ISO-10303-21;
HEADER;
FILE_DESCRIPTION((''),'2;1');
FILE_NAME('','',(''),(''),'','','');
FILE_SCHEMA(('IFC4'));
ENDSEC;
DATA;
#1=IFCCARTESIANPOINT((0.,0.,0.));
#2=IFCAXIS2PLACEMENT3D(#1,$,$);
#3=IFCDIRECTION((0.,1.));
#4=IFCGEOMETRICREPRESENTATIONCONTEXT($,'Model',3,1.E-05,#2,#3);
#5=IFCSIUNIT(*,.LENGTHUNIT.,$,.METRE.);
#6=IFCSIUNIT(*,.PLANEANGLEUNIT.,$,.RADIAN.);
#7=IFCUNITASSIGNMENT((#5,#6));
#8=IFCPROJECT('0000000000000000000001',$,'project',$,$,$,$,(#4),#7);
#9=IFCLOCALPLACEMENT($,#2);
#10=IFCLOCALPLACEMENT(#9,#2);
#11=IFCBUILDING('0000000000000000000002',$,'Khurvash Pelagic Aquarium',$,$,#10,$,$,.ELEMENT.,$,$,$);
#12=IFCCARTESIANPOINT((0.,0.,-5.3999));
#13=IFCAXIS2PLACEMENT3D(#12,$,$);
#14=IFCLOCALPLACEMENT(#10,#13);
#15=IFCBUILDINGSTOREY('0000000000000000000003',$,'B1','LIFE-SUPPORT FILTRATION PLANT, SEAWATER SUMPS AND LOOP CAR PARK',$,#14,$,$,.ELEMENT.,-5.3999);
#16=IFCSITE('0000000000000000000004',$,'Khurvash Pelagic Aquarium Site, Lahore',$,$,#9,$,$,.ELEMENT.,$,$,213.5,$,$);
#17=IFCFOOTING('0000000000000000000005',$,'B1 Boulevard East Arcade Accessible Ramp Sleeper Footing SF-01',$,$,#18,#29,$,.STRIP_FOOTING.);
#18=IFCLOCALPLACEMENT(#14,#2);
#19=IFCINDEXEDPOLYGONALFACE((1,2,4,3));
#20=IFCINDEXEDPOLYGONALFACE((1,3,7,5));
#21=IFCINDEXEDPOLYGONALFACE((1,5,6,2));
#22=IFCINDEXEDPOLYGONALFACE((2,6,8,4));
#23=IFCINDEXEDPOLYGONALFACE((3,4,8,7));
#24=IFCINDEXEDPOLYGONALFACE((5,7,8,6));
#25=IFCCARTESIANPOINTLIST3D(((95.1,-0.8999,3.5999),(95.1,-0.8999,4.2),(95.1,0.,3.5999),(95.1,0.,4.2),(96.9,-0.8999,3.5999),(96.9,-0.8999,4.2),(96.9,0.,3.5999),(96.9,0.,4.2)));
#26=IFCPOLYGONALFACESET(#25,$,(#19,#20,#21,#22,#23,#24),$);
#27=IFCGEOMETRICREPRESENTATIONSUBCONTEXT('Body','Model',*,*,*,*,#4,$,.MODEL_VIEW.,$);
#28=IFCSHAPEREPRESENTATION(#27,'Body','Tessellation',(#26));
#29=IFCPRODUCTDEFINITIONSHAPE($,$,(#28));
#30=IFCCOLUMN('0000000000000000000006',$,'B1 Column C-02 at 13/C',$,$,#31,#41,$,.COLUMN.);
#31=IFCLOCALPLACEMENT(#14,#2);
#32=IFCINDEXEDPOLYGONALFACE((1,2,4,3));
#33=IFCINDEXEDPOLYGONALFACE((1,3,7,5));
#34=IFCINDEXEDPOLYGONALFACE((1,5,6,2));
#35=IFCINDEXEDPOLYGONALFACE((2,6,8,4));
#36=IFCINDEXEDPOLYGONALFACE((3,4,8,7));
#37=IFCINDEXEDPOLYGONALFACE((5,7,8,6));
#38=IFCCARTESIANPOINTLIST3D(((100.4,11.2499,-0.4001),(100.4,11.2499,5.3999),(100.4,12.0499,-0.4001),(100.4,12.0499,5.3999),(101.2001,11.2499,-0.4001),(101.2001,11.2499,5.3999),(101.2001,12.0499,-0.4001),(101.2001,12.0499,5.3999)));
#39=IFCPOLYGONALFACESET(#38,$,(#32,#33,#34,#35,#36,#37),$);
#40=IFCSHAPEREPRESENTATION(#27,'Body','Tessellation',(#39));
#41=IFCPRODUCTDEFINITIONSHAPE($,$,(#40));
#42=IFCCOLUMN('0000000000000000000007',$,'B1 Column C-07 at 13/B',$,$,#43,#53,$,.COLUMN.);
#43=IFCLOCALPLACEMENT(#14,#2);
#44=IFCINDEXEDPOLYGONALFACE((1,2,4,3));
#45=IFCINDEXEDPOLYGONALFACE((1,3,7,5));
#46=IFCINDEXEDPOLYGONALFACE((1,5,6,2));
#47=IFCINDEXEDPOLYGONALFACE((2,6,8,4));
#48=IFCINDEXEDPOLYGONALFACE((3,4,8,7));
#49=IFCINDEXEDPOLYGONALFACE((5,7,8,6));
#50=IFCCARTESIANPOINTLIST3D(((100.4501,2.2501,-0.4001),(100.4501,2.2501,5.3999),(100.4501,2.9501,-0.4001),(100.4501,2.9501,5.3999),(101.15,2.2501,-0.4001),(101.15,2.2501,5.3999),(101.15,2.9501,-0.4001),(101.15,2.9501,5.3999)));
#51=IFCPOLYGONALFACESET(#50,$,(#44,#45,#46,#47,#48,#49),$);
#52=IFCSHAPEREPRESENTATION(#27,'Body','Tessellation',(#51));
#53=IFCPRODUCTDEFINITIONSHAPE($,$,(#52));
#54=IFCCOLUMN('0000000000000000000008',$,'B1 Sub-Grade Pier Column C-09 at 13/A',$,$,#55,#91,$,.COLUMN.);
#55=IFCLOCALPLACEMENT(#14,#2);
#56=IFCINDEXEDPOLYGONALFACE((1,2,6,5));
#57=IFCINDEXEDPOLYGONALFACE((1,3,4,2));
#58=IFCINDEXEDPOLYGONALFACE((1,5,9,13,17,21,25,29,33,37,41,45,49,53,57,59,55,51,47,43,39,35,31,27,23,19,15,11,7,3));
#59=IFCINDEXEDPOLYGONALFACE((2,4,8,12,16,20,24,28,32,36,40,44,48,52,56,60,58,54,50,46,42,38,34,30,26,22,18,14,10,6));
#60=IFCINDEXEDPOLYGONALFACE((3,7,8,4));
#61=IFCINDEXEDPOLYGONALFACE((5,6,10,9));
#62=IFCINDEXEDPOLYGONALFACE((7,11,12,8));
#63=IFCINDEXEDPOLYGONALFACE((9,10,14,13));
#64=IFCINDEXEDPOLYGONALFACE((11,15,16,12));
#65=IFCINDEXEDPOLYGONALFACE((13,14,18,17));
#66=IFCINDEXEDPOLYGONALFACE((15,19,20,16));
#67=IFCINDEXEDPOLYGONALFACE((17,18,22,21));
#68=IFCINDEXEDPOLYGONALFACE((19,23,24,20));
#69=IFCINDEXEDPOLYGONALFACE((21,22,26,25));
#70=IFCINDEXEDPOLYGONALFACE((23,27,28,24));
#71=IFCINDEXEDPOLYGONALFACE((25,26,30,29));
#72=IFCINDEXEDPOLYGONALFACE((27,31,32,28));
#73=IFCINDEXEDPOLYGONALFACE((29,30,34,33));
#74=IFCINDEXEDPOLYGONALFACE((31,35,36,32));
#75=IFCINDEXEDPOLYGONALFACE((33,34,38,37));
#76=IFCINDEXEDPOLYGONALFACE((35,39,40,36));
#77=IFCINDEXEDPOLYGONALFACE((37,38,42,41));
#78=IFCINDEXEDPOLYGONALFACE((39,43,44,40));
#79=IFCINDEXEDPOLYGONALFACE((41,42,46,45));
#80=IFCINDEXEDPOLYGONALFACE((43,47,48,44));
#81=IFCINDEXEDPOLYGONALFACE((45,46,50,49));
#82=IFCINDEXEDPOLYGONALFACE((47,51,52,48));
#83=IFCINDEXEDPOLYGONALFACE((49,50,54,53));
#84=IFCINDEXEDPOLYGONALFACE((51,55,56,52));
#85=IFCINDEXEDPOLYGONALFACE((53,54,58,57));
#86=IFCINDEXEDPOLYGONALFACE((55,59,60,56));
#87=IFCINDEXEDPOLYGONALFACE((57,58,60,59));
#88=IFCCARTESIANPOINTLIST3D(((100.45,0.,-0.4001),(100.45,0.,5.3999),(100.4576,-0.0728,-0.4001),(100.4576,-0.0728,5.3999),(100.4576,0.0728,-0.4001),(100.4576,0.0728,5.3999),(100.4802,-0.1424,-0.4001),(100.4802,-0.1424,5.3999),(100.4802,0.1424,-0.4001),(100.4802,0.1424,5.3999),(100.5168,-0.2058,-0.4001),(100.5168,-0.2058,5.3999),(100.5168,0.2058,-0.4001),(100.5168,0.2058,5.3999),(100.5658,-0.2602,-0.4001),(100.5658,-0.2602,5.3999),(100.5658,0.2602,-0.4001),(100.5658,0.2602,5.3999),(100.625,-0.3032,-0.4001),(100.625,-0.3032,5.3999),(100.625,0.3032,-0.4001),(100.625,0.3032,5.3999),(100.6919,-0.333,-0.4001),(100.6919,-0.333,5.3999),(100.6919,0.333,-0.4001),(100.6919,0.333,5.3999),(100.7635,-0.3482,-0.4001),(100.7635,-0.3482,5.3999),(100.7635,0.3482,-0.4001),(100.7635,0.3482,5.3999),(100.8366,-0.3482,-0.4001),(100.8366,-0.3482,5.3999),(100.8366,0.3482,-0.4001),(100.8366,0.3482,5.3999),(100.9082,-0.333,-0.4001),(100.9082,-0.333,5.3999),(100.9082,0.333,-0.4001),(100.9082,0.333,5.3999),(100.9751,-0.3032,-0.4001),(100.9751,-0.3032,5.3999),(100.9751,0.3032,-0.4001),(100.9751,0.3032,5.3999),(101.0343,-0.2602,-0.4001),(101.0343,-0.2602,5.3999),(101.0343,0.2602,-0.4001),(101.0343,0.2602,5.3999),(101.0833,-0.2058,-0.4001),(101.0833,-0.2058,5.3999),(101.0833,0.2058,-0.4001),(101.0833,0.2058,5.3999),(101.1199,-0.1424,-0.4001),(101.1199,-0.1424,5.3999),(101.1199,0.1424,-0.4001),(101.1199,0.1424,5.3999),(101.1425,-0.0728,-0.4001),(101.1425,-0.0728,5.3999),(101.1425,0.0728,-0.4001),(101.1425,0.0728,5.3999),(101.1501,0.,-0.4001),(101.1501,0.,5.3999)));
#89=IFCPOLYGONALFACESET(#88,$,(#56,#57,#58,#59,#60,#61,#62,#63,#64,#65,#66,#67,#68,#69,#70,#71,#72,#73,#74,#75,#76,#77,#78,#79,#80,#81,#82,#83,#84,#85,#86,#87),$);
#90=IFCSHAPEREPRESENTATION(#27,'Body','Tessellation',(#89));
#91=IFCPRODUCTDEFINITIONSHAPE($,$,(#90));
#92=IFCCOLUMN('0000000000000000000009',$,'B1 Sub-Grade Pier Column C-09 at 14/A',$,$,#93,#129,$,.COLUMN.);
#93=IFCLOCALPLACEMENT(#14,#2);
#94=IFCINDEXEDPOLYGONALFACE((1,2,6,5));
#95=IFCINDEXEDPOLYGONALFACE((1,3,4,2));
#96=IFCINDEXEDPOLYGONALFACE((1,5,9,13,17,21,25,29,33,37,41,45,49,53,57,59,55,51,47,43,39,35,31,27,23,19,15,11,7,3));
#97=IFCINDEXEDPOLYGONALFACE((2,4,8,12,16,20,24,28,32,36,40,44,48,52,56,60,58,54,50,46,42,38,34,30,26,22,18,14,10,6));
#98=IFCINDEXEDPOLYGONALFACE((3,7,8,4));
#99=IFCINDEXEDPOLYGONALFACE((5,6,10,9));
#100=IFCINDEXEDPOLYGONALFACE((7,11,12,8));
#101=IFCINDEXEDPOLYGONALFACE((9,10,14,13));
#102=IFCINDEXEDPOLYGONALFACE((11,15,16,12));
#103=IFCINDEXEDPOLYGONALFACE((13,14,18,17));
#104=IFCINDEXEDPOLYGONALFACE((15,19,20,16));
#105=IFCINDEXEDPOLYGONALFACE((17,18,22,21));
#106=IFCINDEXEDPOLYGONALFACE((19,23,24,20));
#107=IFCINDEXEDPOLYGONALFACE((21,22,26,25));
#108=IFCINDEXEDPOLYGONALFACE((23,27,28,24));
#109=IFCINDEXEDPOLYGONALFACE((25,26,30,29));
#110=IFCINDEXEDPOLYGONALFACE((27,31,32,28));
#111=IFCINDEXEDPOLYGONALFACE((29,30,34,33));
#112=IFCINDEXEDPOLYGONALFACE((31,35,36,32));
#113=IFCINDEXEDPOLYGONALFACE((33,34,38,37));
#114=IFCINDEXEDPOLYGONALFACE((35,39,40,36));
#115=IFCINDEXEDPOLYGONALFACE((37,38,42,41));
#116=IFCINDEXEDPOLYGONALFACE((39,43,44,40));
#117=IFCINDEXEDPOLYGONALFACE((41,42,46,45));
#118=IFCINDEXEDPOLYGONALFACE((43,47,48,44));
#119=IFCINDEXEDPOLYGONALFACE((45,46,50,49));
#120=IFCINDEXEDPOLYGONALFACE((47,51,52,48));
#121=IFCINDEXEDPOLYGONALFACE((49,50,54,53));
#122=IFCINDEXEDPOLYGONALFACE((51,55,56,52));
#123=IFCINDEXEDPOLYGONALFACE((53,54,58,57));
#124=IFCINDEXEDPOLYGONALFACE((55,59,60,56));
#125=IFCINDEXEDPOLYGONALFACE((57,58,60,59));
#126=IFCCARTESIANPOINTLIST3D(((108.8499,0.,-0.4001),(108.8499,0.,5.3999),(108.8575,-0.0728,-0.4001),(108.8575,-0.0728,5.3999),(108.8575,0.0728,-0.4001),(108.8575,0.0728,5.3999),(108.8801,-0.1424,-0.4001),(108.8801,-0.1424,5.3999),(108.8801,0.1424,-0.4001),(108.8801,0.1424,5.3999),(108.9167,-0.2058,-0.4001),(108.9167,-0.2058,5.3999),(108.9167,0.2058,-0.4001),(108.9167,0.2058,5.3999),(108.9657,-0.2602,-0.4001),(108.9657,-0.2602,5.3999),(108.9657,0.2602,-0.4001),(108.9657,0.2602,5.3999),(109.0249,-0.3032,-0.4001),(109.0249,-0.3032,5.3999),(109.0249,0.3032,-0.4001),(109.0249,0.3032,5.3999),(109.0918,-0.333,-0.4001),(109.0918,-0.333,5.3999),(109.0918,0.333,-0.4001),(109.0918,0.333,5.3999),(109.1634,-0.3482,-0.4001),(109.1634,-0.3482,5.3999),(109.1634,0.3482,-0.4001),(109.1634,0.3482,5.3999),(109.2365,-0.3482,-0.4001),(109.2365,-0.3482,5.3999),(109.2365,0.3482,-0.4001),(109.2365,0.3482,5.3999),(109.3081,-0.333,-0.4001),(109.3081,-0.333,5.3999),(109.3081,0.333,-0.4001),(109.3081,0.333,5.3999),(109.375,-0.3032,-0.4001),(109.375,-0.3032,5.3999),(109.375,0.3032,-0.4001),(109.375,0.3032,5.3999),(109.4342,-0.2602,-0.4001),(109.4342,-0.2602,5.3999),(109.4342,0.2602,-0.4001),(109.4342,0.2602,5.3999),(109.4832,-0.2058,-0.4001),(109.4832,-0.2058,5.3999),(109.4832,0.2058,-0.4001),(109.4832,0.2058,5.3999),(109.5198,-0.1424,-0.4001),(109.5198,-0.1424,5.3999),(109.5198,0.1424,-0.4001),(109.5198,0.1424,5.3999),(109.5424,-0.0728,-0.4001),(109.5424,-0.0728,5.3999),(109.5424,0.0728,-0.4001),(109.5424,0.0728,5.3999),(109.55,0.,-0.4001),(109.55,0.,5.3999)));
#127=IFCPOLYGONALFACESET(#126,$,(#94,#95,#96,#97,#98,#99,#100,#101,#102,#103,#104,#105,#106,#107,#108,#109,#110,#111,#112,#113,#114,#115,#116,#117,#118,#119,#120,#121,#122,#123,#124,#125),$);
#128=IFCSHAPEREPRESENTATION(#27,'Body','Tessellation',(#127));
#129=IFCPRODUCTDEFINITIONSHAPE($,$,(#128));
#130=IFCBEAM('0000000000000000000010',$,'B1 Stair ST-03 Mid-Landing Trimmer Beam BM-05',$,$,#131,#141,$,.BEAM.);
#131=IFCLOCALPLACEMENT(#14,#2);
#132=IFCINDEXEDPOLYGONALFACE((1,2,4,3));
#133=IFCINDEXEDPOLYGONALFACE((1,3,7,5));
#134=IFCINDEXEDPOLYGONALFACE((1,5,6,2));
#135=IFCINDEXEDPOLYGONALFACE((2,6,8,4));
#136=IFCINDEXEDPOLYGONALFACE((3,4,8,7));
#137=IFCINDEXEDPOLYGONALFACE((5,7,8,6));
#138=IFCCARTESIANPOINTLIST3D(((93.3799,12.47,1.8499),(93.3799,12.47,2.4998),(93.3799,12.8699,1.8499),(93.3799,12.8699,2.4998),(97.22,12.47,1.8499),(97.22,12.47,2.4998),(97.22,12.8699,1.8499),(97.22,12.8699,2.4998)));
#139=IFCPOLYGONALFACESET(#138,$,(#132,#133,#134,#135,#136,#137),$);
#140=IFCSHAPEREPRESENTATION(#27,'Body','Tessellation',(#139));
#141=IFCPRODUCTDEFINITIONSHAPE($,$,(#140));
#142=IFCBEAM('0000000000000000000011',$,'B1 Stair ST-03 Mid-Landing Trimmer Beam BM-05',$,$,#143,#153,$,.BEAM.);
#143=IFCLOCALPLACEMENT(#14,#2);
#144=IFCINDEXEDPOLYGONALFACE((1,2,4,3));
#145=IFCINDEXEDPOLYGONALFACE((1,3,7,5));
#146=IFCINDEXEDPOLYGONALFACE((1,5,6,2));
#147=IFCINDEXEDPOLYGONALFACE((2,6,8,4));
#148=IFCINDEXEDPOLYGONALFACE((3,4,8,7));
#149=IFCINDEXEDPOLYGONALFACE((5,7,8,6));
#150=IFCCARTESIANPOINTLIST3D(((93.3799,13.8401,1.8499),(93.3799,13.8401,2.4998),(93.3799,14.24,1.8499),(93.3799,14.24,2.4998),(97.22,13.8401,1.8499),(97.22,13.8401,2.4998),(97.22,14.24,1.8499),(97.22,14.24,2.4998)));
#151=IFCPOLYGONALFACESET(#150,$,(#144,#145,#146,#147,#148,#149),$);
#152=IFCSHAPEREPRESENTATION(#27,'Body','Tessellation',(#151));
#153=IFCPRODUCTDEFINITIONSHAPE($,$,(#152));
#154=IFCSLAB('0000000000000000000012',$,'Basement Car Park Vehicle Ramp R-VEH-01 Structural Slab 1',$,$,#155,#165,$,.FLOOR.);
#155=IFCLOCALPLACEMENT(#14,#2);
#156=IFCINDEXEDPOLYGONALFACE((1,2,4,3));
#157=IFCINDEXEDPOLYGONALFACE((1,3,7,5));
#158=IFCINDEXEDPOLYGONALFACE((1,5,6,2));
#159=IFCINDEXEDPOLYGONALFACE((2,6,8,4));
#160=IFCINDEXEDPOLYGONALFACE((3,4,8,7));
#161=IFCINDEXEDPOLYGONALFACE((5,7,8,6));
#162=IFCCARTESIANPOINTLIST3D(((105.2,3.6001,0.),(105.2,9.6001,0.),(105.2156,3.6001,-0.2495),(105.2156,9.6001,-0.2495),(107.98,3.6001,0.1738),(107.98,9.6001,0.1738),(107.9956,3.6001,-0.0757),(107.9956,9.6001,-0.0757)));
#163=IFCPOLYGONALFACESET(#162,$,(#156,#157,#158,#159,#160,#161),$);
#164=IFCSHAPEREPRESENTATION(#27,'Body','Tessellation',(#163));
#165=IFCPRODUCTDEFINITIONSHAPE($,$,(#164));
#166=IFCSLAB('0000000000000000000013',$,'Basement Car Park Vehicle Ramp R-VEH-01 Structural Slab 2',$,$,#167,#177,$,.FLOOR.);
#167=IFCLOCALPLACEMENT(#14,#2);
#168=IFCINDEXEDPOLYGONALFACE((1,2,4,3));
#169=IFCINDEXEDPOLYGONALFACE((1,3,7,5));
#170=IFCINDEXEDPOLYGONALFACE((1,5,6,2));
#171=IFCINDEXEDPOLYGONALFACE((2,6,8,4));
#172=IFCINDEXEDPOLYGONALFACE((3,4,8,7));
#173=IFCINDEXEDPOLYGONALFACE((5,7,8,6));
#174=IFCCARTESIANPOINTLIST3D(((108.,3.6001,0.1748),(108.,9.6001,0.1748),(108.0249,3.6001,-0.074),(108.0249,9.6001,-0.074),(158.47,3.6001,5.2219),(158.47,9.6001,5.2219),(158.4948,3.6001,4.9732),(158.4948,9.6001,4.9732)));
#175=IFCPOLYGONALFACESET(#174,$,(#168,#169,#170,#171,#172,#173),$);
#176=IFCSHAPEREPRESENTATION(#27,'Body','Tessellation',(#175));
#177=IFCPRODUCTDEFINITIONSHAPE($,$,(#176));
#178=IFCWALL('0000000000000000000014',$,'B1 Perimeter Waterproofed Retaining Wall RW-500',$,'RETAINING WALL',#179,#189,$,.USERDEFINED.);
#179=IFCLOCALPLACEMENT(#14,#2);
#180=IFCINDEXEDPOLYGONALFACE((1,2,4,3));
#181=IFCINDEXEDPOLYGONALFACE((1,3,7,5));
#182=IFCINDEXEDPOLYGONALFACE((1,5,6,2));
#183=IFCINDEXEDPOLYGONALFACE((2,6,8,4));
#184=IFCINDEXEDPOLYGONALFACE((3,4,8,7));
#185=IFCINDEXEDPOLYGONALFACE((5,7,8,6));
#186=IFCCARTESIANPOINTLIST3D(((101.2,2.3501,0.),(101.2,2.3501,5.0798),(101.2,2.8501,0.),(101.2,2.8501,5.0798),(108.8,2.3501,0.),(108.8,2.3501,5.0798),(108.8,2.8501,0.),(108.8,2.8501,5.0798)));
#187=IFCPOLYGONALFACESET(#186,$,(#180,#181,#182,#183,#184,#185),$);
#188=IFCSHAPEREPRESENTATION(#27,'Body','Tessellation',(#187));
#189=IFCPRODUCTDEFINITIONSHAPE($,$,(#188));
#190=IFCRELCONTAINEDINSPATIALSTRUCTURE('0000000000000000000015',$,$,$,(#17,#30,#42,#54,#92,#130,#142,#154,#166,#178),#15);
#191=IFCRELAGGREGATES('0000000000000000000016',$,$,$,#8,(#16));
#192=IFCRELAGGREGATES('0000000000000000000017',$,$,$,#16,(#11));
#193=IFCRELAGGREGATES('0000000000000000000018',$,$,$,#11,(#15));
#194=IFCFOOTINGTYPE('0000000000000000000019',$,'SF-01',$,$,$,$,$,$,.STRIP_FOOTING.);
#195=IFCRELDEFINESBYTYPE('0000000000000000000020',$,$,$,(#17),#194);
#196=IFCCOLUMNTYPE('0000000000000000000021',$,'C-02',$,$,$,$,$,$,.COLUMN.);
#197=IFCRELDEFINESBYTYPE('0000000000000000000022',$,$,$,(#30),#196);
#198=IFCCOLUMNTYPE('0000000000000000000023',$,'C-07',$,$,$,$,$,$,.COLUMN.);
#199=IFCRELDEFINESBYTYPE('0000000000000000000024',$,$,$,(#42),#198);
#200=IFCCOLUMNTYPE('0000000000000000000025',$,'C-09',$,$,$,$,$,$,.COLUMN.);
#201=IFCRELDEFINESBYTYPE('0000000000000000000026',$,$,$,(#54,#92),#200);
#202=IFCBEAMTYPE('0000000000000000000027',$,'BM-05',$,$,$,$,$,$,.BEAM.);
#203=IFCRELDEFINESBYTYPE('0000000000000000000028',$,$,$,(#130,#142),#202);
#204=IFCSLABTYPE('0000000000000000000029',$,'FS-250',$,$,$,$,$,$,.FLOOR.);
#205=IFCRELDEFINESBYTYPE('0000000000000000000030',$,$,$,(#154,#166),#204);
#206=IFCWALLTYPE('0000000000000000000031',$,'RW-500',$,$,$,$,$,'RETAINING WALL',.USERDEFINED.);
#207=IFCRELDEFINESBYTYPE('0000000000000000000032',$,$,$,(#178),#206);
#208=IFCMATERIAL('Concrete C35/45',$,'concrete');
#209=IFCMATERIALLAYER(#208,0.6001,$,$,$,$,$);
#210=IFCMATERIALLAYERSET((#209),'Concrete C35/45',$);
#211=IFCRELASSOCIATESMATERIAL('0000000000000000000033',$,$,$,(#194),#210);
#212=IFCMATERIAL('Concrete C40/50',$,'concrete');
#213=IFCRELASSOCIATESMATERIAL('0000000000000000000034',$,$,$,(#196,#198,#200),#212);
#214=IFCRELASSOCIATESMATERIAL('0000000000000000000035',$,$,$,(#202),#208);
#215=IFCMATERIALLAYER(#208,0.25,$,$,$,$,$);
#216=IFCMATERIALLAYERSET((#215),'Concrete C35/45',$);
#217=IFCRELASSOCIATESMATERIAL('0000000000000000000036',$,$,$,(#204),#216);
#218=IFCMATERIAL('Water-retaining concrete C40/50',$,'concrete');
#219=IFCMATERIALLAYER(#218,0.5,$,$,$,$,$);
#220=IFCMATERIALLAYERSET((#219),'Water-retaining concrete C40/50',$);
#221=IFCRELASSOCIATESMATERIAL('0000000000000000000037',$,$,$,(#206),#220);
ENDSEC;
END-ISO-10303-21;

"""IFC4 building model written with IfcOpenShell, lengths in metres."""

from ifc_helpers import new_model, si_unit, direction, frame, frame_2d, origin, origin_2d, place, context, subcontext, project, spatial, polyline, rectangle, circle, outline, extrude, material, layer, layer_set, material_profile, profile_set, type_object, element, save


model = new_model("IFC4")

# Units and contexts
model_context = context("Model", 3, precision=1e-05, world=origin(), true_north=direction((0.0, 1.0)))
body_context = subcontext(model_context, "Body", "Model", "MODEL_VIEW")
ifc_project = project(units=[si_unit("LENGTHUNIT", "METRE"), si_unit("PLANEANGLEUNIT", "RADIAN")], contexts=[model_context])

# Site, building, storey
site_placement = place(None, origin())
site = spatial("IfcSite", under=ifc_project, at=site_placement, Name="Khurvash Pelagic Aquarium Site, Lahore", CompositionType="ELEMENT", RefElevation=213.5)
building_placement = place(site_placement, origin())
building = spatial("IfcBuilding", under=site, at=building_placement, Name="Khurvash Pelagic Aquarium", CompositionType="ELEMENT")
storey_placement = place(building_placement, frame((0.0, 0.0, -5.3999)))
storey = spatial("IfcBuildingStorey", under=building, at=storey_placement, Name="B1", Description="LIFE-SUPPORT FILTRATION PLANT, SEAWATER SUMPS AND LOOP CAR PARK", CompositionType="ELEMENT", Elevation=-5.3999)

# Shared definitions
ifc_material_1 = material(Name="Concrete C35/45", Category="concrete")

# Footing
ifc_layer_1 = layer(ifc_material_1, 0.6001)
ifc_layer_set_1 = layer_set([ifc_layer_1], Name="Concrete C35/45")
footing_type_1 = type_object("IfcFootingType", Name="SF-01", PredefinedType="STRIP_FOOTING", material=ifc_layer_set_1)
footing_1_placement = place(storey_placement, frame((96.0, -0.45, 3.5999), z_axis=(0.0, 0.0, 1.0), x_axis=(1.0, 0.0, 0.0)))
element("IfcFooting", 1, at=footing_1_placement, inside=storey, type_object=footing_type_1, Name="B1 Boulevard East Arcade Accessible Ramp Sleeper Footing SF-01", PredefinedType="STRIP_FOOTING", context=body_context, shape_type="SweptSolid", body=[
    extrude(rectangle(XDim=1.8, YDim=0.8999, at=origin_2d()), origin(), (0.0, 0.0, 1.0), 0.6001),
])

# Columns
ifc_material_2 = material(Name="Concrete C40/50", Category="concrete")
ifc_material_profile_1 = material_profile(ifc_material_2, rectangle(XDim=0.8, YDim=0.8, at=origin_2d()), Name="RC800X800")
ifc_profile_set_1 = profile_set([ifc_material_profile_1], Name="Concrete C40/50")
column_type_1 = type_object("IfcColumnType", Name="C-02", PredefinedType="COLUMN", material=ifc_profile_set_1)
column_1_placement = place(storey_placement, frame((100.8, 11.6499, -0.4001), z_axis=(0.0, 0.0, 1.0), x_axis=(1.0, 0.0, 0.0)))
element("IfcColumn", 2, at=column_1_placement, inside=storey, type_object=column_type_1, Name="B1 Column C-02 at 13/C", PredefinedType="COLUMN", context=body_context, shape_type="SweptSolid", body=[
    extrude(rectangle(XDim=0.8, YDim=0.8, at=origin_2d()), origin(), (0.0, 0.0, 1.0), 5.8),
])
ifc_material_profile_2 = material_profile(ifc_material_2, rectangle(XDim=0.7, YDim=0.7, at=origin_2d()), Name="RC700X700")
ifc_profile_set_2 = profile_set([ifc_material_profile_2], Name="Concrete C40/50")
column_type_2 = type_object("IfcColumnType", Name="C-07", PredefinedType="COLUMN", material=ifc_profile_set_2)
column_2_placement = place(storey_placement, frame((100.8, 2.6001, -0.4001), z_axis=(0.0, 0.0, 1.0), x_axis=(1.0, 0.0, 0.0)))
element("IfcColumn", 3, at=column_2_placement, inside=storey, type_object=column_type_2, Name="B1 Column C-07 at 13/B", PredefinedType="COLUMN", context=body_context, shape_type="SweptSolid", body=[
    extrude(rectangle(XDim=0.7, YDim=0.7, at=origin_2d()), origin(), (0.0, 0.0, 1.0), 5.8),
])
ifc_material_profile_3 = material_profile(ifc_material_2, circle(Radius=0.3501, at=origin_2d()), Name="RC700D")
ifc_profile_set_3 = profile_set([ifc_material_profile_3], Name="Concrete C40/50")
column_type_3 = type_object("IfcColumnType", Name="C-09", PredefinedType="COLUMN", material=ifc_profile_set_3)
for number, where, z_axis, x_axis, name in (
    (4, (100.8, 0.0, -0.4001), (0.0, 0.0, 1.0), (1.0, 0.0, 0.0), "B1 Sub-Grade Pier Column C-09 at 13/A"),
    (5, (109.2, 0.0, -0.4001), (0.0, 0.0, 1.0), (1.0, 0.0, 0.0), "B1 Sub-Grade Pier Column C-09 at 14/A"),
):
    element("IfcColumn", number, at=place(storey_placement, frame(where, z_axis=z_axis, x_axis=x_axis)), inside=storey, type_object=column_type_3, Name=name, PredefinedType="COLUMN", context=body_context, shape_type="SweptSolid", body=[
        extrude(circle(Radius=0.3501, at=origin_2d()), origin(), (0.0, 0.0, 1.0), 5.8),
    ])

# Beams
ifc_material_profile_4 = material_profile(ifc_material_1, rectangle(XDim=0.3999, YDim=0.6499, at=origin_2d()), Name="RC400X650")
ifc_profile_set_4 = profile_set([ifc_material_profile_4], Name="Concrete C35/45")
beam_type = type_object("IfcBeamType", Name="BM-05", PredefinedType="BEAM", material=ifc_profile_set_4)
for number, where, z_axis, x_axis, name in (
    (6, (93.3799, 12.6699, 2.1748), (1.0, 0.0, 0.0), (0.0, 1.0, 0.0), "B1 Stair ST-03 Mid-Landing Trimmer Beam BM-05"),
    (7, (93.3799, 14.04, 2.1748), (1.0, 0.0, 0.0), (0.0, 1.0, 0.0), "B1 Stair ST-03 Mid-Landing Trimmer Beam BM-05"),
):
    element("IfcBeam", number, at=place(storey_placement, frame(where, z_axis=z_axis, x_axis=x_axis)), inside=storey, type_object=beam_type, Name=name, PredefinedType="BEAM", context=body_context, shape_type="SweptSolid", body=[
        extrude(rectangle(XDim=0.3999, YDim=0.6499, at=origin_2d()), origin(), (0.0, 0.0, 1.0), 3.8401),
    ])

# Slabs
ifc_layer_2 = layer(ifc_material_1, 0.25)
ifc_layer_set_2 = layer_set([ifc_layer_2], Name="Concrete C35/45")
slab_type = type_object("IfcSlabType", Name="FS-250", PredefinedType="FLOOR", material=ifc_layer_set_2)
slab_1_placement = place(storey_placement, frame((105.2, 3.6001, 0.0), z_axis=(-0.062406, 0.0, 0.998051), x_axis=(0.998051, 0.0, 0.062406)))
element("IfcSlab", 8, at=slab_1_placement, inside=storey, type_object=slab_type, Name="Basement Car Park Vehicle Ramp R-VEH-01 Structural Slab 1", PredefinedType="FLOOR", context=body_context, shape_type="SweptSolid", body=[
    extrude(outline(polyline([(0.0, 0.0), (2.7855, 0.0), (2.7855, 6.0), (0.0, 6.0), (0.0, 0.0)])), origin(), (0.0, 0.0, -1.0), 0.25),
])
slab_2_placement = place(storey_placement, frame((108.0, 3.6001, 0.1748), z_axis=(-0.099506, 0.0, 0.995037), x_axis=(0.995037, 0.0, 0.099506)))
element("IfcSlab", 9, at=slab_2_placement, inside=storey, type_object=slab_type, Name="Basement Car Park Vehicle Ramp R-VEH-01 Structural Slab 2", PredefinedType="FLOOR", context=body_context, shape_type="SweptSolid", body=[
    extrude(outline(polyline([(0.0, 0.0), (50.7217, 0.0), (50.7217, 6.0), (0.0, 6.0), (0.0, 0.0)])), origin(), (0.0, 0.0, -1.0), 0.25),
])

# Wall
ifc_material_3 = material(Name="Water-retaining concrete C40/50", Category="concrete")
ifc_layer_3 = layer(ifc_material_3, 0.5)
ifc_layer_set_3 = layer_set([ifc_layer_3], Name="Water-retaining concrete C40/50")
wall_type_1 = type_object("IfcWallType", Name="RW-500", ElementType="RETAINING WALL", PredefinedType="USERDEFINED", material=ifc_layer_set_3)
wall_1_placement = place(storey_placement, frame((108.8, 2.6001, 0.0), z_axis=(0.0, 0.0, 1.0), x_axis=(-1.0, 0.0, 0.0)))
element("IfcWall", 10, at=wall_1_placement, inside=storey, type_object=wall_type_1, Name="B1 Perimeter Waterproofed Retaining Wall RW-500", ObjectType="RETAINING WALL", PredefinedType="USERDEFINED", context=body_context, shape_type="SweptSolid", body=[
    extrude(rectangle(XDim=7.6001, YDim=0.5, at=frame_2d((3.8, 0.0))), origin(), (0.0, 0.0, 1.0), 5.0798),
])

save(model, "model.ifc")
